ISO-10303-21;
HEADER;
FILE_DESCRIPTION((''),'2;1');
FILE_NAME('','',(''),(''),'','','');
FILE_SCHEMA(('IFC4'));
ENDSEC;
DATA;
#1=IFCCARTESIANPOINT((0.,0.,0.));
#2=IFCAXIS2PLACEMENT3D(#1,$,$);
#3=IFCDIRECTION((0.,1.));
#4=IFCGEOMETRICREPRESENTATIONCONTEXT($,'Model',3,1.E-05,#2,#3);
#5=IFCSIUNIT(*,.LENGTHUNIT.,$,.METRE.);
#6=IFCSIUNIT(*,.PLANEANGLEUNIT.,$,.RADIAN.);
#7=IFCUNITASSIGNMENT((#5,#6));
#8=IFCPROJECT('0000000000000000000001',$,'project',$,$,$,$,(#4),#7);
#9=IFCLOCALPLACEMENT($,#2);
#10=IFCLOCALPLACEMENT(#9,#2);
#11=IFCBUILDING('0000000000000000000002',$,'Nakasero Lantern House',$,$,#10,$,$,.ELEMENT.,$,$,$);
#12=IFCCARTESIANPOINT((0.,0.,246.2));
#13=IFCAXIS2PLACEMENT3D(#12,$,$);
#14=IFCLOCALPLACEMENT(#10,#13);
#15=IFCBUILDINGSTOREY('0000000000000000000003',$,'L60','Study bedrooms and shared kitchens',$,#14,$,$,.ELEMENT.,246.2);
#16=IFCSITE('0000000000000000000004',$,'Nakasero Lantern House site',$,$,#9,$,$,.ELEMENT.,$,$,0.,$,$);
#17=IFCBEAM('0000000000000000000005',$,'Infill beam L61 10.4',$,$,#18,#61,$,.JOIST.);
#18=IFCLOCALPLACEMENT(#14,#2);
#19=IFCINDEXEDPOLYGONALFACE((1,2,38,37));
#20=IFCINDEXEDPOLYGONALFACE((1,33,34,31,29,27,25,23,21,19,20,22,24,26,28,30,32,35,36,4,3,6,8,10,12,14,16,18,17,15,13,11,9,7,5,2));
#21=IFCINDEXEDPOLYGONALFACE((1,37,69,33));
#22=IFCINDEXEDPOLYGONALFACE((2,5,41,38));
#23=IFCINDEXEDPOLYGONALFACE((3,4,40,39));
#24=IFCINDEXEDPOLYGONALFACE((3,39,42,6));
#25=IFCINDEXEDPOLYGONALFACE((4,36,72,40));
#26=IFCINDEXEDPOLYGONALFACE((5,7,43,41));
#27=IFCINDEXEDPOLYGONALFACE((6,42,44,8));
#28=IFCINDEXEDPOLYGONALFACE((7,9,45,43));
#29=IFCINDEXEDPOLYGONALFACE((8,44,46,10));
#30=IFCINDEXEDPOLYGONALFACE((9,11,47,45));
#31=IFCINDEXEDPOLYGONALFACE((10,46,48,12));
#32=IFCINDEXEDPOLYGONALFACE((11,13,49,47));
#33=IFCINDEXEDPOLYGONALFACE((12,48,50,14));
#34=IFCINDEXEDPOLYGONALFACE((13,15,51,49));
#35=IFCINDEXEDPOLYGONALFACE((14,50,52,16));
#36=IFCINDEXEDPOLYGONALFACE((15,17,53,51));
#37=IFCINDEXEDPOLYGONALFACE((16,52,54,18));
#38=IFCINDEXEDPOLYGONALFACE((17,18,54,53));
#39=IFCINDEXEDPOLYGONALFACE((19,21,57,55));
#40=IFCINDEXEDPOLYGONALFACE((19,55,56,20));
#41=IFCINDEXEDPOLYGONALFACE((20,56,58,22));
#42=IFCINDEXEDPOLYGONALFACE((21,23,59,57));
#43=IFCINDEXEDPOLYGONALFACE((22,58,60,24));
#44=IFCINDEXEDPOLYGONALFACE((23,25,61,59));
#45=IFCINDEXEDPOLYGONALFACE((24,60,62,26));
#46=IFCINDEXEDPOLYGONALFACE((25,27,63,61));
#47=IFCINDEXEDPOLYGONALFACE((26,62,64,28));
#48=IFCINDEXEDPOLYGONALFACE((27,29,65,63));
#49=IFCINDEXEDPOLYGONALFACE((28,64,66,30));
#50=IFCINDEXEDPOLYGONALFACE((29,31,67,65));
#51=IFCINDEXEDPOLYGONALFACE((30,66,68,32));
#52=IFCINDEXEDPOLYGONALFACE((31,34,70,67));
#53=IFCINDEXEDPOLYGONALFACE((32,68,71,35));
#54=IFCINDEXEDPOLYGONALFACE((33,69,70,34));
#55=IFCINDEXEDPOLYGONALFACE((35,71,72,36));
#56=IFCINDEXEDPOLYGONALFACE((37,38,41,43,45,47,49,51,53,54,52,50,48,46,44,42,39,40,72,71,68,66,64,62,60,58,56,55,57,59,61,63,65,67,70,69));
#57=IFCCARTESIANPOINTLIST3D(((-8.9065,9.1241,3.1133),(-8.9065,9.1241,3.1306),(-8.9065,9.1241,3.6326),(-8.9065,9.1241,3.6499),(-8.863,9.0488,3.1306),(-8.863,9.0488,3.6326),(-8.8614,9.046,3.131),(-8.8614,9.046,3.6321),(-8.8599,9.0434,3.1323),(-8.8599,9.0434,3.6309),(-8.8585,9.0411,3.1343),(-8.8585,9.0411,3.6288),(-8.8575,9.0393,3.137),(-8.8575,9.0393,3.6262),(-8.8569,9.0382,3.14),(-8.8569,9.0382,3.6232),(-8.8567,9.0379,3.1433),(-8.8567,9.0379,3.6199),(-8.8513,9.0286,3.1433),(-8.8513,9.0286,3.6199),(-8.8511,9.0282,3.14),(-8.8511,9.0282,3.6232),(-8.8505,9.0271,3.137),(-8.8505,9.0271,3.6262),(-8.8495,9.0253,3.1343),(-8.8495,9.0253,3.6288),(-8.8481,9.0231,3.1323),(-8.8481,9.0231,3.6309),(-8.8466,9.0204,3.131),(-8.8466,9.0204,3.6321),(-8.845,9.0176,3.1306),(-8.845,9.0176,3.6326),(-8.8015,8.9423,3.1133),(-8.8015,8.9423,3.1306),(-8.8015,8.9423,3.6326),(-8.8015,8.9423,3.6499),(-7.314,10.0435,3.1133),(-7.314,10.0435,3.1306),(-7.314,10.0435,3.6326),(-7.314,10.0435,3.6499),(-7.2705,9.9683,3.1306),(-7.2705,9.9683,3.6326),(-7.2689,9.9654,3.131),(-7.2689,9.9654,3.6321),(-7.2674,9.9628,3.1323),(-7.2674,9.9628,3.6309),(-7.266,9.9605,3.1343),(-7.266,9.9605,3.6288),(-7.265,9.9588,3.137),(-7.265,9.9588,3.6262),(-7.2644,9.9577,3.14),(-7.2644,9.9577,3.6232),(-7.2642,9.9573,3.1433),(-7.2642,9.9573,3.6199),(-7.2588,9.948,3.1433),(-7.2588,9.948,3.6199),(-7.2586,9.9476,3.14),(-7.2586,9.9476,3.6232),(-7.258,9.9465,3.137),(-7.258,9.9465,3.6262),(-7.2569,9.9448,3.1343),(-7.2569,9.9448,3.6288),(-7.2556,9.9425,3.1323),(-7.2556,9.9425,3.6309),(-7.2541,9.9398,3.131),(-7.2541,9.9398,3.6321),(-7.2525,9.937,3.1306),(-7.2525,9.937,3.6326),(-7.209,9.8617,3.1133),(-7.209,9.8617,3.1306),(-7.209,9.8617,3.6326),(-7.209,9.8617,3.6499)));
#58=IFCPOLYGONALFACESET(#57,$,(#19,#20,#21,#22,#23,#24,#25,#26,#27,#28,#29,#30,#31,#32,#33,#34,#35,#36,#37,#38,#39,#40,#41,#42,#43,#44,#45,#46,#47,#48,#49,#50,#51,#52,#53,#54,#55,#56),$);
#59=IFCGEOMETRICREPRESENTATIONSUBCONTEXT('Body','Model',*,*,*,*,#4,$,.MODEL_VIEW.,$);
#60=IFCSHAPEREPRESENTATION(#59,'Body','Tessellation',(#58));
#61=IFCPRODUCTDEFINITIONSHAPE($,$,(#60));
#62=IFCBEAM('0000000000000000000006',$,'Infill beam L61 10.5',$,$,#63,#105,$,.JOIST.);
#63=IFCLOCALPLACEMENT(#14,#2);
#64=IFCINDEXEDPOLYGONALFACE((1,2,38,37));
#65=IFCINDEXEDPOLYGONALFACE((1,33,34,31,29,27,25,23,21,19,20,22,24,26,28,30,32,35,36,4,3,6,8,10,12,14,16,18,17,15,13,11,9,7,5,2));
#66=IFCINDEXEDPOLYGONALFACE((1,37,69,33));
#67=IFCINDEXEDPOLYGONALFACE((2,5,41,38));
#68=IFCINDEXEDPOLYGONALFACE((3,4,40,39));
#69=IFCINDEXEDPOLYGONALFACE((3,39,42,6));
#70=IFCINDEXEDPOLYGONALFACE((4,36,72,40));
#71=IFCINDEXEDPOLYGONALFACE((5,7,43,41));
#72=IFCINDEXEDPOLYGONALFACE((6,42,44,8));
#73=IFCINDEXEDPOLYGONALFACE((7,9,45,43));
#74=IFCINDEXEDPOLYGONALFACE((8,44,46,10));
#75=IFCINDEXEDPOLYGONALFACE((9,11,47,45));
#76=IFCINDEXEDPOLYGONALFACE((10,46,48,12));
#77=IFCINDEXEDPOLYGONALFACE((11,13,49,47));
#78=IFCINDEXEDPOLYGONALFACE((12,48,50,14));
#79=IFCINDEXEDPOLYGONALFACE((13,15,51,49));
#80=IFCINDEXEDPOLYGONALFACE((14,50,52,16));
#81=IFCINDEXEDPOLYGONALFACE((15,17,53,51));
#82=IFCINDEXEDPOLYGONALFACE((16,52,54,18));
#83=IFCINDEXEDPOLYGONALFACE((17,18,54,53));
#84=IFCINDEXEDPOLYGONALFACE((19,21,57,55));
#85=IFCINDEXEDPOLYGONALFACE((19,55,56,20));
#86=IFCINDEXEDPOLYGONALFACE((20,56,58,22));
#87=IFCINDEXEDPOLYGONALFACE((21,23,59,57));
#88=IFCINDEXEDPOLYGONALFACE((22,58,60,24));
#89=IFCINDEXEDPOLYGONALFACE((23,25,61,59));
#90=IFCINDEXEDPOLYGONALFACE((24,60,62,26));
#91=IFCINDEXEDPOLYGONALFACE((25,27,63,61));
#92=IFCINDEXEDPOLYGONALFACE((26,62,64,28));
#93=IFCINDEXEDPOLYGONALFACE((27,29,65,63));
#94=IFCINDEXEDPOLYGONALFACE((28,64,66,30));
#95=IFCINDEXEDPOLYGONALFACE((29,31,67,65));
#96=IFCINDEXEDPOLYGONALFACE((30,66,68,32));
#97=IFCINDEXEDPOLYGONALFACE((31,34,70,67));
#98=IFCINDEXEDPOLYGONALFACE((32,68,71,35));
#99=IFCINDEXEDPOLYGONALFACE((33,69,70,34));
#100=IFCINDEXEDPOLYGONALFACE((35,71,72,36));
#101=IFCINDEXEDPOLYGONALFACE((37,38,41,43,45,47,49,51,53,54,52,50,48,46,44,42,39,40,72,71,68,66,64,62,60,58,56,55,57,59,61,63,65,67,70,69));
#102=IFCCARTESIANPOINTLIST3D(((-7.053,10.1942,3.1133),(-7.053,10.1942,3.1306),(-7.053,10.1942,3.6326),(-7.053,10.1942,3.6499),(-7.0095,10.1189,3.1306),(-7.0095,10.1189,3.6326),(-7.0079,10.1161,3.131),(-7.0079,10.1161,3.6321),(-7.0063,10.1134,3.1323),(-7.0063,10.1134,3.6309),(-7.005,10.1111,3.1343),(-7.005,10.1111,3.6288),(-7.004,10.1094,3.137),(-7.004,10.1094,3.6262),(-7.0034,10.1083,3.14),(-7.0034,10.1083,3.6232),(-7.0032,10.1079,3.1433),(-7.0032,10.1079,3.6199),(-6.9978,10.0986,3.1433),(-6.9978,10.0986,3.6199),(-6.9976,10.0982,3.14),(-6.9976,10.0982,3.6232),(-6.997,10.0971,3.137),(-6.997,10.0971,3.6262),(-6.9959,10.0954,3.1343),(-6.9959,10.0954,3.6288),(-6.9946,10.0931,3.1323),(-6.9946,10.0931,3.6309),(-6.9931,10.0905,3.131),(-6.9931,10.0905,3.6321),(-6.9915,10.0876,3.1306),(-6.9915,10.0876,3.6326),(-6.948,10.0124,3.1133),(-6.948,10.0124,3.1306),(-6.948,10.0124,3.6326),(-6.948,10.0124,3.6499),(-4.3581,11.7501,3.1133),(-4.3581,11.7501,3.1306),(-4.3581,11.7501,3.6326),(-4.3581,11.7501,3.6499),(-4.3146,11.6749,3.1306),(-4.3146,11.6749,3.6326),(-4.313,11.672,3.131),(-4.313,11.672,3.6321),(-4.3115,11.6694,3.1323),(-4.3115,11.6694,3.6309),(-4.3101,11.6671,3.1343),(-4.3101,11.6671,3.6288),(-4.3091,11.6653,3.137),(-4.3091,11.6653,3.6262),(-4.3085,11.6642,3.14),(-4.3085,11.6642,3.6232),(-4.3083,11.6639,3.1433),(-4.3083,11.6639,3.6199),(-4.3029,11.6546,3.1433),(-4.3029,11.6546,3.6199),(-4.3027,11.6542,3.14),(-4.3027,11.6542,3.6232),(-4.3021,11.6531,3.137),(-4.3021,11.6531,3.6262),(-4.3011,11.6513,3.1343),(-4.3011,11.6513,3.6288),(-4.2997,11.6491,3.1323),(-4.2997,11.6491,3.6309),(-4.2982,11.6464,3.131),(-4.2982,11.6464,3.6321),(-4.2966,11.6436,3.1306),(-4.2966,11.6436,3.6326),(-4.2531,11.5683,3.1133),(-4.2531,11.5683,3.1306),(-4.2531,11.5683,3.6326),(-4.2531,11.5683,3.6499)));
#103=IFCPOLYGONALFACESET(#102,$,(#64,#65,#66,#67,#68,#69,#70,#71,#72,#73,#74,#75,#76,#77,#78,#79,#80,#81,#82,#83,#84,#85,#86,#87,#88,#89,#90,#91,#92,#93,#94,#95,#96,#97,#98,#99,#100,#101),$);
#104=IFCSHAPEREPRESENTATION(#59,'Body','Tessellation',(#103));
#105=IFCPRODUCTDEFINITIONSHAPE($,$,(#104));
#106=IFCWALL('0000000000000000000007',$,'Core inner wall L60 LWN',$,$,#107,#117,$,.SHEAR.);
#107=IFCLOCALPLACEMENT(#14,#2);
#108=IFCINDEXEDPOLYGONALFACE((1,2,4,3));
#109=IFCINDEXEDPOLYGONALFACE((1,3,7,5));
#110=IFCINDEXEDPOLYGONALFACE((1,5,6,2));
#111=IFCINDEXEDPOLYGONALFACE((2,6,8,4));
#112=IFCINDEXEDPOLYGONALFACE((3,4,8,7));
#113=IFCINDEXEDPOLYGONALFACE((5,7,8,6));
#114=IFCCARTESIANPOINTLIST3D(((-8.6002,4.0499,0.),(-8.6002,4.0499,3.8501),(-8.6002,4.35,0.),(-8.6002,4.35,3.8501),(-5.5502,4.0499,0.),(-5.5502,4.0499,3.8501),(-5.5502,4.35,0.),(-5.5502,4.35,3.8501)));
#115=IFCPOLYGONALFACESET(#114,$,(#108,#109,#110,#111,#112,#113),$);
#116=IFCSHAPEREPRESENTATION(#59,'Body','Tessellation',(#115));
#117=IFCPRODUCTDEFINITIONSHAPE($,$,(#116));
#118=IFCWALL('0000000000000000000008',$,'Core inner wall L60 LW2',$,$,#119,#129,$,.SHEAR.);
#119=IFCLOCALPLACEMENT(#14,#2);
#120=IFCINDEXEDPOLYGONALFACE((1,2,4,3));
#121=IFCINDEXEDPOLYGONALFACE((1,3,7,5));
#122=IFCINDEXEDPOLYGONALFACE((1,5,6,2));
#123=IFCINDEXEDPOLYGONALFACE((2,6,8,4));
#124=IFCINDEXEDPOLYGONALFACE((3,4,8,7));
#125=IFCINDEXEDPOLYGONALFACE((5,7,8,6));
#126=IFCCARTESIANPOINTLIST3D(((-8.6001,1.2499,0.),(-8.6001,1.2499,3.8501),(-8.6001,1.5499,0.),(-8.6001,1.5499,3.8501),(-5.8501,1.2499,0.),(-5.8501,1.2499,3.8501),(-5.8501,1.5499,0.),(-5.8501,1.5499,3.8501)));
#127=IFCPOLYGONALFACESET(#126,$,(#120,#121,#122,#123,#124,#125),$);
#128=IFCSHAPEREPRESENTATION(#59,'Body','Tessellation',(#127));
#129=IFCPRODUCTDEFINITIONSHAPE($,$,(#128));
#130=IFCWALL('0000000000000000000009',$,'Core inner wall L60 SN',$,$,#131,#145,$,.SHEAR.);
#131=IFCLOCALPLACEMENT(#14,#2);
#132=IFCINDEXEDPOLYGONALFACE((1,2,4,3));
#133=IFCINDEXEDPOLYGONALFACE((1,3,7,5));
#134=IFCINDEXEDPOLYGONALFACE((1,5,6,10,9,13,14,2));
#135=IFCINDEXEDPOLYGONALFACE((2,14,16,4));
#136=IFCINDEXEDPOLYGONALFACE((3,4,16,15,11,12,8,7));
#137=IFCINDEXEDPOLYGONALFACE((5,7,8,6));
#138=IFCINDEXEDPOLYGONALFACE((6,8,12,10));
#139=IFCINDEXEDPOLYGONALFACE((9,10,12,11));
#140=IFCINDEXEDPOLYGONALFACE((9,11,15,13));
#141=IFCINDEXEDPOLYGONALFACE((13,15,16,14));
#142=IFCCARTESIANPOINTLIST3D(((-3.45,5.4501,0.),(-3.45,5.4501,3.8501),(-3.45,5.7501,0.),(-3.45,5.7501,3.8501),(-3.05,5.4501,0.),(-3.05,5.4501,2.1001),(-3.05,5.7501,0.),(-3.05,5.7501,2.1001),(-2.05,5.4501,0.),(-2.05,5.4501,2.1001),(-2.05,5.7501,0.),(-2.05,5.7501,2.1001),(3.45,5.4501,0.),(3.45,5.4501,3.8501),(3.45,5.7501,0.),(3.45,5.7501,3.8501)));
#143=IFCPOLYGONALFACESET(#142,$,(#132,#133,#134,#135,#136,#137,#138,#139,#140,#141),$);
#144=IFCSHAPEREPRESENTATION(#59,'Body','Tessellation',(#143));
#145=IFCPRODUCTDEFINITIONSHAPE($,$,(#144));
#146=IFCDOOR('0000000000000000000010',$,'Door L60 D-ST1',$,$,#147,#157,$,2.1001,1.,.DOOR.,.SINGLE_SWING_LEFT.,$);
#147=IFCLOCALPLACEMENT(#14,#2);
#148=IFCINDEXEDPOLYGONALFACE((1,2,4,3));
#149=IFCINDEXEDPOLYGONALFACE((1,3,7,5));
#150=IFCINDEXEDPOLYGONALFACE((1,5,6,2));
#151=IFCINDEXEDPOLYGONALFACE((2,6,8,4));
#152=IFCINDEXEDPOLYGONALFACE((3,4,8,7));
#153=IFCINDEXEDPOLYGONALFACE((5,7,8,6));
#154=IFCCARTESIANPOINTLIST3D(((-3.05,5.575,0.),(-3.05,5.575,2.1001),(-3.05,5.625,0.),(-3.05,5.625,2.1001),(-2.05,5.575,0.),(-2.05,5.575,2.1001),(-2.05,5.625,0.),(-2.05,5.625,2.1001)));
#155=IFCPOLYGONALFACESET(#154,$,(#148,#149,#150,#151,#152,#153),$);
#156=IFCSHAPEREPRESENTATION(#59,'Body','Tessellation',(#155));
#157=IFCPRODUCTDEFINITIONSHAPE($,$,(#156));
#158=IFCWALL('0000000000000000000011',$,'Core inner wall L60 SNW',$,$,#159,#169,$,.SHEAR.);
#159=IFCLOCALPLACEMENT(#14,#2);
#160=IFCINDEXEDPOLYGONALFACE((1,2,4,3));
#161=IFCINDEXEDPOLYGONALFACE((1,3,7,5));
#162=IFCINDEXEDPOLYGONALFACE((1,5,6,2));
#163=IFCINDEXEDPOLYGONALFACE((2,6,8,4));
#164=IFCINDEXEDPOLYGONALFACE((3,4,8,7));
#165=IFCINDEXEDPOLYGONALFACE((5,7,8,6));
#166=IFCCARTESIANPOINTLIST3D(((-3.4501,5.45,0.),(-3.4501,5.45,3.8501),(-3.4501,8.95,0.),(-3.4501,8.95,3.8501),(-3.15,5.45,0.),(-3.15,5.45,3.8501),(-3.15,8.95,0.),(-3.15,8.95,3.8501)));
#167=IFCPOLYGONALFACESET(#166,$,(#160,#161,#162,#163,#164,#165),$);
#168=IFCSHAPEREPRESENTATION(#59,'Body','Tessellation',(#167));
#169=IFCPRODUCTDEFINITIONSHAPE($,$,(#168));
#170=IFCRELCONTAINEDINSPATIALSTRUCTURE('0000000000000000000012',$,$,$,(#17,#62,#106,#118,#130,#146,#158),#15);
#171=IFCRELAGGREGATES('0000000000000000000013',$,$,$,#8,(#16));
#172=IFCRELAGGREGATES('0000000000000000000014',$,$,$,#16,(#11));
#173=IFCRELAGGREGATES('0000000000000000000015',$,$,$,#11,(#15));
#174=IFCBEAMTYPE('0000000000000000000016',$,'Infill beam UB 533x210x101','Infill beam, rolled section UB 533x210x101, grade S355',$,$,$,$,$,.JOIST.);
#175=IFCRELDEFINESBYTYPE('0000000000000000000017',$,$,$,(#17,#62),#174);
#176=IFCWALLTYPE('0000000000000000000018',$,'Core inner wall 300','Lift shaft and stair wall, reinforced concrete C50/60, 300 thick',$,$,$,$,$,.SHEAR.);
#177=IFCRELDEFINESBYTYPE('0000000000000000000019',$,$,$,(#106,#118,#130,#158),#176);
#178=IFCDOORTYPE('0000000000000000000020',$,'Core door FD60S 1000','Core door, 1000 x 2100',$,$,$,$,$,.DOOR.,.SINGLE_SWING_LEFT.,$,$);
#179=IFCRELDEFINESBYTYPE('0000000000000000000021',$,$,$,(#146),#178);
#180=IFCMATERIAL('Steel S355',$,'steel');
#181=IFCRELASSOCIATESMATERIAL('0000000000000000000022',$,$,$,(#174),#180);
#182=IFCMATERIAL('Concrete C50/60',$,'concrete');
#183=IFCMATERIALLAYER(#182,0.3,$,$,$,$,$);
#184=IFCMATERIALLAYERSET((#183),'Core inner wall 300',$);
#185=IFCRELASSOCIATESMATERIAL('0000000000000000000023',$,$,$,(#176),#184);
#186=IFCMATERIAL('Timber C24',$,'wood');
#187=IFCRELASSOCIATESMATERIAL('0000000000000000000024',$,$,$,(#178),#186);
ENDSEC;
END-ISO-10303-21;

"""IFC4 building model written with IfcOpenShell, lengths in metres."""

from ifc_helpers import new_model, si_unit, direction, frame, frame_2d, origin, origin_2d, place, context, subcontext, project, spatial, rectangle, i_section, extrude, material, layer, layer_set, material_profile, profile_set, type_object, element, fill, save


model = new_model("IFC4")

# Units and contexts
model_context = context("Model", 3, precision=1e-05, world=origin(), true_north=direction((0.0, 1.0)))
body_context = subcontext(model_context, "Body", "Model", "MODEL_VIEW")
ifc_project = project(units=[si_unit("LENGTHUNIT", "METRE"), si_unit("PLANEANGLEUNIT", "RADIAN")], contexts=[model_context])

# Site, building, storey
site_placement = place(None, origin())
site = spatial("IfcSite", under=ifc_project, at=site_placement, Name="Nakasero Lantern House site", CompositionType="ELEMENT", RefElevation=0.0)
building_placement = place(site_placement, origin())
building = spatial("IfcBuilding", under=site, at=building_placement, Name="Nakasero Lantern House", CompositionType="ELEMENT")
storey_placement = place(building_placement, frame((0.0, 0.0, 246.2)))
storey = spatial("IfcBuildingStorey", under=building, at=storey_placement, Name="L60", Description="Study bedrooms and shared kitchens", CompositionType="ELEMENT", Elevation=246.2)

# Beams
ifc_material_1 = material(Name="Steel S355", Category="steel")
ifc_material_profile = material_profile(ifc_material_1, i_section(OverallWidth=0.21, OverallDepth=0.5366, WebThickness=0.0107, FlangeThickness=0.0173, FilletRadius=0.0127, at=origin_2d()), Name="UB 533x210x101")
ifc_profile_set = profile_set([ifc_material_profile], Name="Steel S355")
beam_type = type_object("IfcBeamType", Name="Infill beam UB 533x210x101", Description="Infill beam, rolled section UB 533x210x101, grade S355", PredefinedType="JOIST", material=ifc_profile_set)
beam_1_placement = place(storey_placement, frame((-8.854, 9.0332, 3.3816), z_axis=(0.866029, 0.499994, 0.0), x_axis=(-0.499994, 0.866029, 0.0)))
element("IfcBeam", 1, at=beam_1_placement, inside=storey, type_object=beam_type, Name="Infill beam L61 10.4", PredefinedType="JOIST", context=body_context, shape_type="SweptSolid", body=[
    extrude(i_section(OverallWidth=0.21, OverallDepth=0.5366, WebThickness=0.0107, FlangeThickness=0.0173, FilletRadius=0.0127, at=origin_2d()), origin(), (0.0, 0.0, 1.0), 1.8389),
])
beam_2_placement = place(storey_placement, frame((-7.0005, 10.1033, 3.3816), z_axis=(0.866018, 0.500012, 0.0), x_axis=(-0.500012, 0.866018, 0.0)))
element("IfcBeam", 2, at=beam_2_placement, inside=storey, type_object=beam_type, Name="Infill beam L61 10.5", PredefinedType="JOIST", context=body_context, shape_type="SweptSolid", body=[
    extrude(i_section(OverallWidth=0.21, OverallDepth=0.5366, WebThickness=0.0107, FlangeThickness=0.0173, FilletRadius=0.0127, at=origin_2d()), origin(), (0.0, 0.0, 1.0), 3.1118),
])

# Walls
ifc_material_2 = material(Name="Concrete C50/60", Category="concrete")
ifc_layer_1 = layer(ifc_material_2, 0.3)
ifc_layer_set_1 = layer_set([ifc_layer_1], Name="Core inner wall 300")
wall_type_1 = type_object("IfcWallType", Name="Core inner wall 300", Description="Lift shaft and stair wall, reinforced concrete C50/60, 300 thick", PredefinedType="SHEAR", material=ifc_layer_set_1)
wall_1_placement = place(storey_placement, frame((-8.6001, 4.2, 0.0), z_axis=(0.0, 0.0, 1.0), x_axis=(1.0, 0.0, 0.0)))
element("IfcWall", 3, at=wall_1_placement, inside=storey, type_object=wall_type_1, Name="Core inner wall L60 LWN", PredefinedType="SHEAR", context=body_context, shape_type="SweptSolid", body=[
    extrude(rectangle(XDim=3.05, YDim=0.3, at=frame_2d((1.5249, 0.0))), origin(), (0.0, 0.0, 1.0), 3.8501),
])
wall_2_placement = place(storey_placement, frame((-8.6001, 1.3999, 0.0), z_axis=(0.0, 0.0, 1.0), x_axis=(1.0, 0.0, 0.0)))
element("IfcWall", 4, at=wall_2_placement, inside=storey, type_object=wall_type_1, Name="Core inner wall L60 LW2", PredefinedType="SHEAR", context=body_context, shape_type="SweptSolid", body=[
    extrude(rectangle(XDim=2.75, YDim=0.3, at=frame_2d((1.375, 0.0))), origin(), (0.0, 0.0, 1.0), 3.8501),
])

# Wall, opening, door
wall_3_placement = place(storey_placement, frame((-3.45, 5.6001, 0.0), z_axis=(0.0, 0.0, 1.0), x_axis=(1.0, 0.0, 0.0)))
wall_3 = element("IfcWall", 5, at=wall_3_placement, inside=storey, type_object=wall_type_1, Name="Core inner wall L60 SN", PredefinedType="SHEAR", context=body_context, shape_type="SweptSolid", body=[
    extrude(rectangle(XDim=6.8999, YDim=0.3, at=frame_2d((3.45, 0.0))), origin(), (0.0, 0.0, 1.0), 3.8501),
])
opening_1_placement = place(wall_3_placement, frame((0.3999, 0.0, 0.0)))
opening_1 = element("IfcOpeningElement", 6, at=opening_1_placement, cuts=wall_3, PredefinedType="OPENING", context=body_context, shape_type="SweptSolid", body=[
    extrude(rectangle(XDim=1.0, YDim=2.1001, at=frame_2d((0.5, 1.05))), frame((0.0, 0.1699, 0.0), z_axis=(0.0, -1.0, 0.0), x_axis=(1.0, 0.0, 0.0)), (0.0, 0.0, 1.0), 0.3401),
])
ifc_material_3 = material(Name="Timber C24", Category="wood")
door_type_1 = type_object("IfcDoorType", Name="Core door FD60S 1000", Description="Core door, 1000 x 2100", OperationType="SINGLE_SWING_LEFT", PredefinedType="DOOR", material=ifc_material_3)
door_1_placement = place(opening_1_placement, origin())
door_1 = element("IfcDoor", 7, at=door_1_placement, inside=storey, type_object=door_type_1, Name="Door L60 D-ST1", OperationType="SINGLE_SWING_LEFT", OverallHeight=2.1001, OverallWidth=1.0, PredefinedType="DOOR", context=body_context, shape_type="SweptSolid", body=[
    extrude(rectangle(XDim=1.0, YDim=2.1001, at=frame_2d((0.5, 1.05))), frame((0.0, 0.0249, 0.0), z_axis=(0.0, -1.0, 0.0), x_axis=(1.0, 0.0, 0.0)), (0.0, 0.0, 1.0), 0.05),
])
fill(opening_1, door_1)

# Wall
wall_4_placement = place(storey_placement, frame((-3.3, 5.45, 0.0), z_axis=(0.0, 0.0, 1.0), x_axis=(0.0, 1.0, 0.0)))
element("IfcWall", 8, at=wall_4_placement, inside=storey, type_object=wall_type_1, Name="Core inner wall L60 SNW", PredefinedType="SHEAR", context=body_context, shape_type="SweptSolid", body=[
    extrude(rectangle(XDim=3.5, YDim=0.3, at=frame_2d((1.75, 0.0))), origin(), (0.0, 0.0, 1.0), 3.8501),
])

save(model, "model.ifc")
